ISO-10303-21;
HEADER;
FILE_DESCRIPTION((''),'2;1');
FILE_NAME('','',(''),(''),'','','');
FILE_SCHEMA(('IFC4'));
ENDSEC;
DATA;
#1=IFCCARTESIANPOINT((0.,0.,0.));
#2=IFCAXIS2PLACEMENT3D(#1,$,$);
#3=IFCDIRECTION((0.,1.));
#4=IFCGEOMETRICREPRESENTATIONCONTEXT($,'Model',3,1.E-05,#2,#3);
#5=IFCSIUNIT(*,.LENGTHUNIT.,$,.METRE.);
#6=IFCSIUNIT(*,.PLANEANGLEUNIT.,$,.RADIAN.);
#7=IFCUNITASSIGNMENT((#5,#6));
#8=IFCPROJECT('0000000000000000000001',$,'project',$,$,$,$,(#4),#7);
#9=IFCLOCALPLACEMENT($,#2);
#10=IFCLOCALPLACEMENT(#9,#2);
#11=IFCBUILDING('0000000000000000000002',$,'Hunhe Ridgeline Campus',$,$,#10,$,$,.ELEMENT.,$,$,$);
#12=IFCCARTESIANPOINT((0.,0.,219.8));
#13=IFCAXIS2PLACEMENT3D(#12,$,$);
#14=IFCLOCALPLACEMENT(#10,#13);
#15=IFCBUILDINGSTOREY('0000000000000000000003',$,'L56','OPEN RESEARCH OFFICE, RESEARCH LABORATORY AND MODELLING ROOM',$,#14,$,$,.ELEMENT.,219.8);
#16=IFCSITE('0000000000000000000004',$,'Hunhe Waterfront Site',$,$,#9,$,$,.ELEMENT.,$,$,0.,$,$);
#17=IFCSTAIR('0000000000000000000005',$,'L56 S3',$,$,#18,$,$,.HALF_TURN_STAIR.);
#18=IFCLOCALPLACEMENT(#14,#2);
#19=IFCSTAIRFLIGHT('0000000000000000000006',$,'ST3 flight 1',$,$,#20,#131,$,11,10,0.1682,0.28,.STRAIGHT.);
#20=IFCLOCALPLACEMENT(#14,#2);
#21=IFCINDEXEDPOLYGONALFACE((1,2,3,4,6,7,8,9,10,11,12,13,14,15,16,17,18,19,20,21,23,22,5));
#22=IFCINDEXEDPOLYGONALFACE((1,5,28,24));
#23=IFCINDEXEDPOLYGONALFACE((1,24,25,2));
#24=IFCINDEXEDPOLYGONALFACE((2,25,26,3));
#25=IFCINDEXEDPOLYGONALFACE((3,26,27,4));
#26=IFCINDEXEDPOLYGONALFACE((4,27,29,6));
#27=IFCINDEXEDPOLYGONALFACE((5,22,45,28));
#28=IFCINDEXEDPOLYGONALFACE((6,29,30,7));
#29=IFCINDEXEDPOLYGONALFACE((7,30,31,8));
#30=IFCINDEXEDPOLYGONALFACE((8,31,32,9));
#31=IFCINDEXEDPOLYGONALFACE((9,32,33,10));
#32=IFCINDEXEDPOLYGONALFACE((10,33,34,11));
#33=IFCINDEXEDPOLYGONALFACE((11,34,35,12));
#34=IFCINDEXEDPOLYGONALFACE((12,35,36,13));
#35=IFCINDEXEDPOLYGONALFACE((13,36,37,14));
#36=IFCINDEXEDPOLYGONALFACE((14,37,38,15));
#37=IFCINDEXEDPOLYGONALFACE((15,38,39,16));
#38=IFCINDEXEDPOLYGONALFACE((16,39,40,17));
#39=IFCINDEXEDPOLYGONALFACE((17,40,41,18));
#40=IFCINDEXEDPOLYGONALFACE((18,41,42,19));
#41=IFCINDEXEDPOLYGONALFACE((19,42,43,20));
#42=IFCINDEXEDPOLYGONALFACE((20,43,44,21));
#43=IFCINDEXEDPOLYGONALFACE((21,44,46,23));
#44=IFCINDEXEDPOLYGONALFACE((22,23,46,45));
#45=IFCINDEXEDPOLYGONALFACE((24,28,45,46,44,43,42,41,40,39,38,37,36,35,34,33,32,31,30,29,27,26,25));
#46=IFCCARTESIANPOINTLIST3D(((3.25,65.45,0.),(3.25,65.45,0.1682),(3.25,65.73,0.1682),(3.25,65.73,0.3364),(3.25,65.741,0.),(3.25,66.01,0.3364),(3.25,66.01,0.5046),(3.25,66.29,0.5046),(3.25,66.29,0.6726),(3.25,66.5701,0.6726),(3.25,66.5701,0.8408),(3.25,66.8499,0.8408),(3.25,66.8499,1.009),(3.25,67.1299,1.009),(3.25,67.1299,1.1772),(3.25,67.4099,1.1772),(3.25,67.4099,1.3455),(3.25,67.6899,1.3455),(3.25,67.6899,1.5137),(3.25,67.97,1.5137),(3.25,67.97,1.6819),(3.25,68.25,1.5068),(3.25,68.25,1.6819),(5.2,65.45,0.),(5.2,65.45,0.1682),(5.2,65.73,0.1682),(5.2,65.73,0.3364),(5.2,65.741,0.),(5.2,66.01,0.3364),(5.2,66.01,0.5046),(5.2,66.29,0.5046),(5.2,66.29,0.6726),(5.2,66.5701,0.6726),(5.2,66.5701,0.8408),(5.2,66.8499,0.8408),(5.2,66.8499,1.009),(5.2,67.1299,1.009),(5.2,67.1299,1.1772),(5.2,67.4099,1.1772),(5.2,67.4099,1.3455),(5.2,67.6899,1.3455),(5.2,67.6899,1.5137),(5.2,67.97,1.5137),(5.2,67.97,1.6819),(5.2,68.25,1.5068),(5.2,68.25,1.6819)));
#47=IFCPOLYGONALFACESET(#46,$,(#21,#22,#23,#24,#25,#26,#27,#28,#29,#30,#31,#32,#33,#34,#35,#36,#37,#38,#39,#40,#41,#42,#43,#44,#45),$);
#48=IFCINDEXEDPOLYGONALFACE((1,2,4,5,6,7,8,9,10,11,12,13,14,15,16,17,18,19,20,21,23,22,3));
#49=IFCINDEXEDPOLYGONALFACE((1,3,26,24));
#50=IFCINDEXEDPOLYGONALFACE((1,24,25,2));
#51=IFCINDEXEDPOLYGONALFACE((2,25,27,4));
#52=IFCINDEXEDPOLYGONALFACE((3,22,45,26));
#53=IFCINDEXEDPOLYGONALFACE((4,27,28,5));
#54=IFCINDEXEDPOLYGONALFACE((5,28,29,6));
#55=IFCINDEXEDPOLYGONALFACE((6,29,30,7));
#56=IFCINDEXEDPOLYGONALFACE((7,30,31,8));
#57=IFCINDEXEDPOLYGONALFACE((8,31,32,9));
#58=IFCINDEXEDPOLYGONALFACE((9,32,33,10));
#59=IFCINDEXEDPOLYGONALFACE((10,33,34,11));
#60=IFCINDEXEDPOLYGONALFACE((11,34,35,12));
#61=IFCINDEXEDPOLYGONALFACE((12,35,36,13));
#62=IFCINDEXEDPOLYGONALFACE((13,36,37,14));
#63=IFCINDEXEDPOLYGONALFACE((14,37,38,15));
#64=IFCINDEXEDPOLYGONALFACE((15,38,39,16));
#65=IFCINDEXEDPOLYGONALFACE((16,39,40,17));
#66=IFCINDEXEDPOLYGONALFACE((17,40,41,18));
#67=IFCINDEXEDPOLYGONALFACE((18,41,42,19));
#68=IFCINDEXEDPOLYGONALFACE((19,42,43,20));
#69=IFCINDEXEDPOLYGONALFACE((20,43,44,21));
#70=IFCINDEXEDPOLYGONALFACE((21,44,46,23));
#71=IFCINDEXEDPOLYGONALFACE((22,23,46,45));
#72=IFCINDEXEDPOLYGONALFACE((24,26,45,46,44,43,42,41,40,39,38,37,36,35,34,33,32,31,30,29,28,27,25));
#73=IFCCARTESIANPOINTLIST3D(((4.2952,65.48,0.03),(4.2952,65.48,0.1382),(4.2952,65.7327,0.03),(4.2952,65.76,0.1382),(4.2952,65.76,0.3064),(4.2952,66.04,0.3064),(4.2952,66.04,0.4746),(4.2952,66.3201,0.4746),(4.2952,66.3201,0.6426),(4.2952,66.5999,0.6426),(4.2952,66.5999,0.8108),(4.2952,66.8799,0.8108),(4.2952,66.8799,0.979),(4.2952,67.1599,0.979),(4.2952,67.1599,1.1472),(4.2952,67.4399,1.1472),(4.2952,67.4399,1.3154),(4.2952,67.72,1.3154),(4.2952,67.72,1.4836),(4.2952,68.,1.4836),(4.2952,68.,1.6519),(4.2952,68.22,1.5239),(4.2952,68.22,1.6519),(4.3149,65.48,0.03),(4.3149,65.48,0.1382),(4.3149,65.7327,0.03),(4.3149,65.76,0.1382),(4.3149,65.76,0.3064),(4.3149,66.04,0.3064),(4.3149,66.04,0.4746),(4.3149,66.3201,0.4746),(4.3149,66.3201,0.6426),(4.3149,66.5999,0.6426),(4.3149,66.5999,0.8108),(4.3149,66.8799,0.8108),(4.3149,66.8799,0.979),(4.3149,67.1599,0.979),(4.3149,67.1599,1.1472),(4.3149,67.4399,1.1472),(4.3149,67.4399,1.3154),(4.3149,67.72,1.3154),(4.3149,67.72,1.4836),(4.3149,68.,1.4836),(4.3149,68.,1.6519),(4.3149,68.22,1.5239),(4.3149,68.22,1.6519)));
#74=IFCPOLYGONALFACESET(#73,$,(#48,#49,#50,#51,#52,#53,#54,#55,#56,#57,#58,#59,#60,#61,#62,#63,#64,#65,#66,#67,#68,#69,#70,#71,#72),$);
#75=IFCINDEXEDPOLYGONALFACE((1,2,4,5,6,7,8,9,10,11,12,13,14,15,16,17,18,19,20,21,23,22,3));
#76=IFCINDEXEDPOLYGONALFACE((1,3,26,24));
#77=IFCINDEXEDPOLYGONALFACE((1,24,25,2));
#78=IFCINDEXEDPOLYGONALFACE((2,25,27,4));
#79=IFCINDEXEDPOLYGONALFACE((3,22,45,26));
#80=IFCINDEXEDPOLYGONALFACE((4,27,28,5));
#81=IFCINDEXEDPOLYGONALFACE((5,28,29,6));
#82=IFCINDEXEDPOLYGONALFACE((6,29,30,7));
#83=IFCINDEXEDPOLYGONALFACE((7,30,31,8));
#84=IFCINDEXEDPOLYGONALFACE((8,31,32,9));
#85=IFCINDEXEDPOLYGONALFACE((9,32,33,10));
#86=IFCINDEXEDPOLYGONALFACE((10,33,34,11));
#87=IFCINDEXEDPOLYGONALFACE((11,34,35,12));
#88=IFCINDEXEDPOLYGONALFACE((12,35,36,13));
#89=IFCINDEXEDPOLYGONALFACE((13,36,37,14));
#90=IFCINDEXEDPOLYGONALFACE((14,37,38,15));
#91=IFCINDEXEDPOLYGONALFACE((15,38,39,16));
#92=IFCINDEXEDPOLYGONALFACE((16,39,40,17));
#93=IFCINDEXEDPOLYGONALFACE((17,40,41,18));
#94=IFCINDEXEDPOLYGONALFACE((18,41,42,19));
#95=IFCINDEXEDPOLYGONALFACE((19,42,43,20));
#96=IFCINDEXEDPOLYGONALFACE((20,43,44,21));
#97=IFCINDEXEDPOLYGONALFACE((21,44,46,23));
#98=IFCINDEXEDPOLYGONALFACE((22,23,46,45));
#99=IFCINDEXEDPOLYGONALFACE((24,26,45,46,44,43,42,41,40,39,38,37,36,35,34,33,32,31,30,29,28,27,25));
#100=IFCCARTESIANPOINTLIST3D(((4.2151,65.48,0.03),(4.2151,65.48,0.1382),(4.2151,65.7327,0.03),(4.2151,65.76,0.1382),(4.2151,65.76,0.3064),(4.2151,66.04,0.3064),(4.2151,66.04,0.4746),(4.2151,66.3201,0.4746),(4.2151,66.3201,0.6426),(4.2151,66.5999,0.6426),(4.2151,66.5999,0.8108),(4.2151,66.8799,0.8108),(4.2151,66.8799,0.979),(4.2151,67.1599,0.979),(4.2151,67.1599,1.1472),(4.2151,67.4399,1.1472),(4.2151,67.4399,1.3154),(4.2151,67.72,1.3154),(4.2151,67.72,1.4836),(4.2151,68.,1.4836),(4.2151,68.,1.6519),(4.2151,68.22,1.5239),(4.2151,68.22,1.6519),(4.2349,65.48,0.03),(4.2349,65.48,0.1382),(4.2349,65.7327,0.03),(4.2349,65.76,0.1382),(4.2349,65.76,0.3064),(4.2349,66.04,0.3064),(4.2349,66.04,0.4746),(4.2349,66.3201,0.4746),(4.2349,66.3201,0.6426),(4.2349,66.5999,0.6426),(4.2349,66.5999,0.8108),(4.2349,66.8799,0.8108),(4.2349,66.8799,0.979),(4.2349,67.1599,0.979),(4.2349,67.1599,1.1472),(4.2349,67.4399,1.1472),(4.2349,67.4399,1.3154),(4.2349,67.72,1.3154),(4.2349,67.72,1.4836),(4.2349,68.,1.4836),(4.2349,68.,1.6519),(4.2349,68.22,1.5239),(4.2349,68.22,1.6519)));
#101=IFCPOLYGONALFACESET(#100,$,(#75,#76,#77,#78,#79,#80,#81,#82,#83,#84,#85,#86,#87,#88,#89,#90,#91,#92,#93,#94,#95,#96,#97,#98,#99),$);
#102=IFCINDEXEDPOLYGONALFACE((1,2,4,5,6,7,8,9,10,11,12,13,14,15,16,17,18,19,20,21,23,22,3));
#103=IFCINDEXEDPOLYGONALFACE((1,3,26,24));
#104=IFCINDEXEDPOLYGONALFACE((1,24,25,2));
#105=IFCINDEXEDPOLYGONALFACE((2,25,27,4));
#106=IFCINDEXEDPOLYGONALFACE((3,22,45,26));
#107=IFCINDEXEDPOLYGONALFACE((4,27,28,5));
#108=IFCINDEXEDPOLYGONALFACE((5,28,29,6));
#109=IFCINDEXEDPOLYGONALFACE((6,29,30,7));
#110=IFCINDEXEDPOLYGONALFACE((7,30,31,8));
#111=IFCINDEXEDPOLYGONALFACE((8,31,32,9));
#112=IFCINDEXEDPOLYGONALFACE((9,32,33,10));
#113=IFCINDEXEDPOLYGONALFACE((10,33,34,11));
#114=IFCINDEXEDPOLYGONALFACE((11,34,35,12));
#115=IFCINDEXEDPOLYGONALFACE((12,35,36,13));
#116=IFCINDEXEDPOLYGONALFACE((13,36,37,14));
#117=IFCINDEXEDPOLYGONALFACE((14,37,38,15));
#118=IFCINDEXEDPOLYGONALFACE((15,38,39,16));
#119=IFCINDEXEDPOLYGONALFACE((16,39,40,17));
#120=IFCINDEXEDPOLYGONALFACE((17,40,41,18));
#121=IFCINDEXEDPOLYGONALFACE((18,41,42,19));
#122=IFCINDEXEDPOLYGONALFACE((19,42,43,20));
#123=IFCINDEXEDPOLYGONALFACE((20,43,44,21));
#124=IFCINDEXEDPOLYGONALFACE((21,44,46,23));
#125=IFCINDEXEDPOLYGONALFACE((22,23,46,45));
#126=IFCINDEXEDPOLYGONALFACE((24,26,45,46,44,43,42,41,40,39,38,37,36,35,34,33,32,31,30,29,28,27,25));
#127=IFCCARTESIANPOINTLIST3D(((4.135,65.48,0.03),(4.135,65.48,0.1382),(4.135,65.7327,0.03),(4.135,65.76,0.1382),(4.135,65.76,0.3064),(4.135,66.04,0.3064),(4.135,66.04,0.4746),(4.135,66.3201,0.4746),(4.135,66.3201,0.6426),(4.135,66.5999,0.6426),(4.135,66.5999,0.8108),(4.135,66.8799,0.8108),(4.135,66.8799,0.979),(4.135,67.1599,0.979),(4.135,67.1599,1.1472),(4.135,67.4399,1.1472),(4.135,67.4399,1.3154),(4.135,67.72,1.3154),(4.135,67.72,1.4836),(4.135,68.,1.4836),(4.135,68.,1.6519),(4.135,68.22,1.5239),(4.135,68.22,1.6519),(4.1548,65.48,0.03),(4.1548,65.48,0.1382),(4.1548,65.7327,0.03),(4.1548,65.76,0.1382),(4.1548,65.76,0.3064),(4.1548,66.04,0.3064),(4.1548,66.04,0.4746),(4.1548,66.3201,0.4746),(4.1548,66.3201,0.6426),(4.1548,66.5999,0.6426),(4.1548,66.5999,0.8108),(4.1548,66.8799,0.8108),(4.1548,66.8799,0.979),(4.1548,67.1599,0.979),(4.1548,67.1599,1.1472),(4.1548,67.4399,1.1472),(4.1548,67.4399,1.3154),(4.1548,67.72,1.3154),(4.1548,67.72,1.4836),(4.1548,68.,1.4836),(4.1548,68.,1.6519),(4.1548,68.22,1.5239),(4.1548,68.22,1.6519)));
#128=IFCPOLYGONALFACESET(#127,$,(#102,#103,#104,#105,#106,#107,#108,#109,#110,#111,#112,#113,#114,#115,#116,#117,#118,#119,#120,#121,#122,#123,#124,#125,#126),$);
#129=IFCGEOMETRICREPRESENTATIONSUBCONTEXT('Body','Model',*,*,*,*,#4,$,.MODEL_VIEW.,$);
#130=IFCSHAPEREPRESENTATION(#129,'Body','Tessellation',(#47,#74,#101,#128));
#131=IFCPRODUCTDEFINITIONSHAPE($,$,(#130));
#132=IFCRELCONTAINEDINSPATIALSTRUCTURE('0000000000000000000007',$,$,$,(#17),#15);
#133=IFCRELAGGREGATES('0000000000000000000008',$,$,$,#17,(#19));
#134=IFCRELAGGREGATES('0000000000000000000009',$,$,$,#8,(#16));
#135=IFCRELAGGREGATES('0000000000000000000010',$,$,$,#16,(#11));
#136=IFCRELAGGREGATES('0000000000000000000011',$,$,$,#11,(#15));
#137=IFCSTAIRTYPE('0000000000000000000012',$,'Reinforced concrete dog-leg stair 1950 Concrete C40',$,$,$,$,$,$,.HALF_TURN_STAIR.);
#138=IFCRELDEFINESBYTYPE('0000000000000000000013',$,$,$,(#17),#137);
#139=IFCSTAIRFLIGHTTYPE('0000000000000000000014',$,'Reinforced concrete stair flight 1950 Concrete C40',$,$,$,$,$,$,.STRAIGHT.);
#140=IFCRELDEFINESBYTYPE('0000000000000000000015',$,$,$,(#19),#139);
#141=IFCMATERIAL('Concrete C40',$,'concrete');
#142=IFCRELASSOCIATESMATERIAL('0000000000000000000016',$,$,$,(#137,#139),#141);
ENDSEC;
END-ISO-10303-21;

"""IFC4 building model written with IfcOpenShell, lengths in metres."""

from ifc_helpers import new_model, si_unit, direction, frame, origin, place, context, subcontext, project, spatial, polyline, outline, extrude, material, type_object, element, aggregate, save


model = new_model("IFC4")

# Units and contexts
model_context = context("Model", 3, precision=1e-05, world=origin(), true_north=direction((0.0, 1.0)))
body_context = subcontext(model_context, "Body", "Model", "MODEL_VIEW")
ifc_project = project(units=[si_unit("LENGTHUNIT", "METRE"), si_unit("PLANEANGLEUNIT", "RADIAN")], contexts=[model_context])

# Site, building, storey
site_placement = place(None, origin())
site = spatial("IfcSite", under=ifc_project, at=site_placement, Name="Hunhe Waterfront Site", CompositionType="ELEMENT", RefElevation=0.0)
building_placement = place(site_placement, origin())
building = spatial("IfcBuilding", under=site, at=building_placement, Name="Hunhe Ridgeline Campus", CompositionType="ELEMENT")
storey_placement = place(building_placement, frame((0.0, 0.0, 219.8)))
storey = spatial("IfcBuildingStorey", under=building, at=storey_placement, Name="L56", Description="OPEN RESEARCH OFFICE, RESEARCH LABORATORY AND MODELLING ROOM", CompositionType="ELEMENT", Elevation=219.8)

# Stair, stair flight
ifc_material_1 = material(Name="Concrete C40", Category="concrete")
stair_type = type_object("IfcStairType", Name="Reinforced concrete dog-leg stair 1950 Concrete C40", PredefinedType="HALF_TURN_STAIR", material=ifc_material_1)
stair_1_placement = place(storey_placement, origin())
stair_1 = element("IfcStair", 1, at=stair_1_placement, inside=storey, type_object=stair_type, Name="L56 S3", PredefinedType="HALF_TURN_STAIR")
stair_flight_type = type_object("IfcStairFlightType", Name="Reinforced concrete stair flight 1950 Concrete C40", PredefinedType="STRAIGHT", material=ifc_material_1)
stair_flight_1_placement = place(storey_placement, frame((4.2251, 65.45, 0.0), z_axis=(0.0, 0.0, 1.0), x_axis=(0.0, 1.0, 0.0)))
stair_flight_1 = element("IfcStairFlight", 2, at=stair_flight_1_placement, type_object=stair_flight_type, Name="ST3 flight 1", NumberOfRisers=11, NumberOfTreads=10, PredefinedType="STRAIGHT", RiserHeight=0.1682, TreadLength=0.28, context=body_context, shape_type="SweptSolid", body=[
    extrude(outline(polyline([(0.0, 0.0), (0.0, 0.1682), (0.28, 0.1682), (0.28, 0.3364), (0.5601, 0.3364), (0.5601, 0.5046), (0.8401, 0.5046), (0.8401, 0.6726), (1.1201, 0.6726), (1.1201, 0.8408), (1.3999, 0.8408), (1.3999, 1.009), (1.6799, 1.009), (1.6799, 1.1772), (1.96, 1.1772), (1.96, 1.3455), (2.24, 1.3455), (2.24, 1.5137), (2.52, 1.5137), (2.52, 1.6819), (2.8, 1.6819), (2.8, 1.8501), (2.8, 1.5068), (0.291, 0.0), (0.0, 0.0)])), frame((0.0, 0.9751, 0.0), z_axis=(0.0, -1.0, 0.0), x_axis=(1.0, 0.0, 0.0)), (0.0, 0.0, 1.0), 1.95),
    extrude(outline(polyline([(0.03, 0.03), (0.03, 0.1382), (0.3101, 0.1382), (0.3101, 0.3064), (0.5901, 0.3064), (0.5901, 0.4746), (0.8701, 0.4746), (0.8701, 0.6426), (1.1499, 0.6426), (1.1499, 0.8108), (1.4299, 0.8108), (1.4299, 0.979), (1.71, 0.979), (1.71, 1.1472), (1.99, 1.1472), (1.99, 1.3154), (2.27, 1.3154), (2.27, 1.4836), (2.55, 1.4836), (2.55, 1.6519), (2.77, 1.6519), (2.77, 1.5239), (0.2827, 0.03), (0.03, 0.03)])), frame((0.0, -0.0701, 0.0), z_axis=(0.0, -1.0, 0.0), x_axis=(1.0, 0.0, 0.0)), (0.0, 0.0, 1.0), 0.0198),
    extrude(outline(polyline([(0.03, 0.03), (0.03, 0.1382), (0.3101, 0.1382), (0.3101, 0.3064), (0.5901, 0.3064), (0.5901, 0.4746), (0.8701, 0.4746), (0.8701, 0.6426), (1.1499, 0.6426), (1.1499, 0.8108), (1.4299, 0.8108), (1.4299, 0.979), (1.71, 0.979), (1.71, 1.1472), (1.99, 1.1472), (1.99, 1.3154), (2.27, 1.3154), (2.27, 1.4836), (2.55, 1.4836), (2.55, 1.6519), (2.77, 1.6519), (2.77, 1.5239), (0.2827, 0.03), (0.03, 0.03)])), frame((0.0, 0.01, 0.0), z_axis=(0.0, -1.0, 0.0), x_axis=(1.0, 0.0, 0.0)), (0.0, 0.0, 1.0), 0.0198),
    extrude(outline(polyline([(0.03, 0.03), (0.03, 0.1382), (0.3101, 0.1382), (0.3101, 0.3064), (0.5901, 0.3064), (0.5901, 0.4746), (0.8701, 0.4746), (0.8701, 0.6426), (1.1499, 0.6426), (1.1499, 0.8108), (1.4299, 0.8108), (1.4299, 0.979), (1.71, 0.979), (1.71, 1.1472), (1.99, 1.1472), (1.99, 1.3154), (2.27, 1.3154), (2.27, 1.4836), (2.55, 1.4836), (2.55, 1.6519), (2.77, 1.6519), (2.77, 1.5239), (0.2827, 0.03), (0.03, 0.03)])), frame((0.0, 0.0901, 0.0), z_axis=(0.0, -1.0, 0.0), x_axis=(1.0, 0.0, 0.0)), (0.0, 0.0, 1.0), 0.0198),
])
aggregate(stair_1, [stair_flight_1])

save(model, "model.ifc")
